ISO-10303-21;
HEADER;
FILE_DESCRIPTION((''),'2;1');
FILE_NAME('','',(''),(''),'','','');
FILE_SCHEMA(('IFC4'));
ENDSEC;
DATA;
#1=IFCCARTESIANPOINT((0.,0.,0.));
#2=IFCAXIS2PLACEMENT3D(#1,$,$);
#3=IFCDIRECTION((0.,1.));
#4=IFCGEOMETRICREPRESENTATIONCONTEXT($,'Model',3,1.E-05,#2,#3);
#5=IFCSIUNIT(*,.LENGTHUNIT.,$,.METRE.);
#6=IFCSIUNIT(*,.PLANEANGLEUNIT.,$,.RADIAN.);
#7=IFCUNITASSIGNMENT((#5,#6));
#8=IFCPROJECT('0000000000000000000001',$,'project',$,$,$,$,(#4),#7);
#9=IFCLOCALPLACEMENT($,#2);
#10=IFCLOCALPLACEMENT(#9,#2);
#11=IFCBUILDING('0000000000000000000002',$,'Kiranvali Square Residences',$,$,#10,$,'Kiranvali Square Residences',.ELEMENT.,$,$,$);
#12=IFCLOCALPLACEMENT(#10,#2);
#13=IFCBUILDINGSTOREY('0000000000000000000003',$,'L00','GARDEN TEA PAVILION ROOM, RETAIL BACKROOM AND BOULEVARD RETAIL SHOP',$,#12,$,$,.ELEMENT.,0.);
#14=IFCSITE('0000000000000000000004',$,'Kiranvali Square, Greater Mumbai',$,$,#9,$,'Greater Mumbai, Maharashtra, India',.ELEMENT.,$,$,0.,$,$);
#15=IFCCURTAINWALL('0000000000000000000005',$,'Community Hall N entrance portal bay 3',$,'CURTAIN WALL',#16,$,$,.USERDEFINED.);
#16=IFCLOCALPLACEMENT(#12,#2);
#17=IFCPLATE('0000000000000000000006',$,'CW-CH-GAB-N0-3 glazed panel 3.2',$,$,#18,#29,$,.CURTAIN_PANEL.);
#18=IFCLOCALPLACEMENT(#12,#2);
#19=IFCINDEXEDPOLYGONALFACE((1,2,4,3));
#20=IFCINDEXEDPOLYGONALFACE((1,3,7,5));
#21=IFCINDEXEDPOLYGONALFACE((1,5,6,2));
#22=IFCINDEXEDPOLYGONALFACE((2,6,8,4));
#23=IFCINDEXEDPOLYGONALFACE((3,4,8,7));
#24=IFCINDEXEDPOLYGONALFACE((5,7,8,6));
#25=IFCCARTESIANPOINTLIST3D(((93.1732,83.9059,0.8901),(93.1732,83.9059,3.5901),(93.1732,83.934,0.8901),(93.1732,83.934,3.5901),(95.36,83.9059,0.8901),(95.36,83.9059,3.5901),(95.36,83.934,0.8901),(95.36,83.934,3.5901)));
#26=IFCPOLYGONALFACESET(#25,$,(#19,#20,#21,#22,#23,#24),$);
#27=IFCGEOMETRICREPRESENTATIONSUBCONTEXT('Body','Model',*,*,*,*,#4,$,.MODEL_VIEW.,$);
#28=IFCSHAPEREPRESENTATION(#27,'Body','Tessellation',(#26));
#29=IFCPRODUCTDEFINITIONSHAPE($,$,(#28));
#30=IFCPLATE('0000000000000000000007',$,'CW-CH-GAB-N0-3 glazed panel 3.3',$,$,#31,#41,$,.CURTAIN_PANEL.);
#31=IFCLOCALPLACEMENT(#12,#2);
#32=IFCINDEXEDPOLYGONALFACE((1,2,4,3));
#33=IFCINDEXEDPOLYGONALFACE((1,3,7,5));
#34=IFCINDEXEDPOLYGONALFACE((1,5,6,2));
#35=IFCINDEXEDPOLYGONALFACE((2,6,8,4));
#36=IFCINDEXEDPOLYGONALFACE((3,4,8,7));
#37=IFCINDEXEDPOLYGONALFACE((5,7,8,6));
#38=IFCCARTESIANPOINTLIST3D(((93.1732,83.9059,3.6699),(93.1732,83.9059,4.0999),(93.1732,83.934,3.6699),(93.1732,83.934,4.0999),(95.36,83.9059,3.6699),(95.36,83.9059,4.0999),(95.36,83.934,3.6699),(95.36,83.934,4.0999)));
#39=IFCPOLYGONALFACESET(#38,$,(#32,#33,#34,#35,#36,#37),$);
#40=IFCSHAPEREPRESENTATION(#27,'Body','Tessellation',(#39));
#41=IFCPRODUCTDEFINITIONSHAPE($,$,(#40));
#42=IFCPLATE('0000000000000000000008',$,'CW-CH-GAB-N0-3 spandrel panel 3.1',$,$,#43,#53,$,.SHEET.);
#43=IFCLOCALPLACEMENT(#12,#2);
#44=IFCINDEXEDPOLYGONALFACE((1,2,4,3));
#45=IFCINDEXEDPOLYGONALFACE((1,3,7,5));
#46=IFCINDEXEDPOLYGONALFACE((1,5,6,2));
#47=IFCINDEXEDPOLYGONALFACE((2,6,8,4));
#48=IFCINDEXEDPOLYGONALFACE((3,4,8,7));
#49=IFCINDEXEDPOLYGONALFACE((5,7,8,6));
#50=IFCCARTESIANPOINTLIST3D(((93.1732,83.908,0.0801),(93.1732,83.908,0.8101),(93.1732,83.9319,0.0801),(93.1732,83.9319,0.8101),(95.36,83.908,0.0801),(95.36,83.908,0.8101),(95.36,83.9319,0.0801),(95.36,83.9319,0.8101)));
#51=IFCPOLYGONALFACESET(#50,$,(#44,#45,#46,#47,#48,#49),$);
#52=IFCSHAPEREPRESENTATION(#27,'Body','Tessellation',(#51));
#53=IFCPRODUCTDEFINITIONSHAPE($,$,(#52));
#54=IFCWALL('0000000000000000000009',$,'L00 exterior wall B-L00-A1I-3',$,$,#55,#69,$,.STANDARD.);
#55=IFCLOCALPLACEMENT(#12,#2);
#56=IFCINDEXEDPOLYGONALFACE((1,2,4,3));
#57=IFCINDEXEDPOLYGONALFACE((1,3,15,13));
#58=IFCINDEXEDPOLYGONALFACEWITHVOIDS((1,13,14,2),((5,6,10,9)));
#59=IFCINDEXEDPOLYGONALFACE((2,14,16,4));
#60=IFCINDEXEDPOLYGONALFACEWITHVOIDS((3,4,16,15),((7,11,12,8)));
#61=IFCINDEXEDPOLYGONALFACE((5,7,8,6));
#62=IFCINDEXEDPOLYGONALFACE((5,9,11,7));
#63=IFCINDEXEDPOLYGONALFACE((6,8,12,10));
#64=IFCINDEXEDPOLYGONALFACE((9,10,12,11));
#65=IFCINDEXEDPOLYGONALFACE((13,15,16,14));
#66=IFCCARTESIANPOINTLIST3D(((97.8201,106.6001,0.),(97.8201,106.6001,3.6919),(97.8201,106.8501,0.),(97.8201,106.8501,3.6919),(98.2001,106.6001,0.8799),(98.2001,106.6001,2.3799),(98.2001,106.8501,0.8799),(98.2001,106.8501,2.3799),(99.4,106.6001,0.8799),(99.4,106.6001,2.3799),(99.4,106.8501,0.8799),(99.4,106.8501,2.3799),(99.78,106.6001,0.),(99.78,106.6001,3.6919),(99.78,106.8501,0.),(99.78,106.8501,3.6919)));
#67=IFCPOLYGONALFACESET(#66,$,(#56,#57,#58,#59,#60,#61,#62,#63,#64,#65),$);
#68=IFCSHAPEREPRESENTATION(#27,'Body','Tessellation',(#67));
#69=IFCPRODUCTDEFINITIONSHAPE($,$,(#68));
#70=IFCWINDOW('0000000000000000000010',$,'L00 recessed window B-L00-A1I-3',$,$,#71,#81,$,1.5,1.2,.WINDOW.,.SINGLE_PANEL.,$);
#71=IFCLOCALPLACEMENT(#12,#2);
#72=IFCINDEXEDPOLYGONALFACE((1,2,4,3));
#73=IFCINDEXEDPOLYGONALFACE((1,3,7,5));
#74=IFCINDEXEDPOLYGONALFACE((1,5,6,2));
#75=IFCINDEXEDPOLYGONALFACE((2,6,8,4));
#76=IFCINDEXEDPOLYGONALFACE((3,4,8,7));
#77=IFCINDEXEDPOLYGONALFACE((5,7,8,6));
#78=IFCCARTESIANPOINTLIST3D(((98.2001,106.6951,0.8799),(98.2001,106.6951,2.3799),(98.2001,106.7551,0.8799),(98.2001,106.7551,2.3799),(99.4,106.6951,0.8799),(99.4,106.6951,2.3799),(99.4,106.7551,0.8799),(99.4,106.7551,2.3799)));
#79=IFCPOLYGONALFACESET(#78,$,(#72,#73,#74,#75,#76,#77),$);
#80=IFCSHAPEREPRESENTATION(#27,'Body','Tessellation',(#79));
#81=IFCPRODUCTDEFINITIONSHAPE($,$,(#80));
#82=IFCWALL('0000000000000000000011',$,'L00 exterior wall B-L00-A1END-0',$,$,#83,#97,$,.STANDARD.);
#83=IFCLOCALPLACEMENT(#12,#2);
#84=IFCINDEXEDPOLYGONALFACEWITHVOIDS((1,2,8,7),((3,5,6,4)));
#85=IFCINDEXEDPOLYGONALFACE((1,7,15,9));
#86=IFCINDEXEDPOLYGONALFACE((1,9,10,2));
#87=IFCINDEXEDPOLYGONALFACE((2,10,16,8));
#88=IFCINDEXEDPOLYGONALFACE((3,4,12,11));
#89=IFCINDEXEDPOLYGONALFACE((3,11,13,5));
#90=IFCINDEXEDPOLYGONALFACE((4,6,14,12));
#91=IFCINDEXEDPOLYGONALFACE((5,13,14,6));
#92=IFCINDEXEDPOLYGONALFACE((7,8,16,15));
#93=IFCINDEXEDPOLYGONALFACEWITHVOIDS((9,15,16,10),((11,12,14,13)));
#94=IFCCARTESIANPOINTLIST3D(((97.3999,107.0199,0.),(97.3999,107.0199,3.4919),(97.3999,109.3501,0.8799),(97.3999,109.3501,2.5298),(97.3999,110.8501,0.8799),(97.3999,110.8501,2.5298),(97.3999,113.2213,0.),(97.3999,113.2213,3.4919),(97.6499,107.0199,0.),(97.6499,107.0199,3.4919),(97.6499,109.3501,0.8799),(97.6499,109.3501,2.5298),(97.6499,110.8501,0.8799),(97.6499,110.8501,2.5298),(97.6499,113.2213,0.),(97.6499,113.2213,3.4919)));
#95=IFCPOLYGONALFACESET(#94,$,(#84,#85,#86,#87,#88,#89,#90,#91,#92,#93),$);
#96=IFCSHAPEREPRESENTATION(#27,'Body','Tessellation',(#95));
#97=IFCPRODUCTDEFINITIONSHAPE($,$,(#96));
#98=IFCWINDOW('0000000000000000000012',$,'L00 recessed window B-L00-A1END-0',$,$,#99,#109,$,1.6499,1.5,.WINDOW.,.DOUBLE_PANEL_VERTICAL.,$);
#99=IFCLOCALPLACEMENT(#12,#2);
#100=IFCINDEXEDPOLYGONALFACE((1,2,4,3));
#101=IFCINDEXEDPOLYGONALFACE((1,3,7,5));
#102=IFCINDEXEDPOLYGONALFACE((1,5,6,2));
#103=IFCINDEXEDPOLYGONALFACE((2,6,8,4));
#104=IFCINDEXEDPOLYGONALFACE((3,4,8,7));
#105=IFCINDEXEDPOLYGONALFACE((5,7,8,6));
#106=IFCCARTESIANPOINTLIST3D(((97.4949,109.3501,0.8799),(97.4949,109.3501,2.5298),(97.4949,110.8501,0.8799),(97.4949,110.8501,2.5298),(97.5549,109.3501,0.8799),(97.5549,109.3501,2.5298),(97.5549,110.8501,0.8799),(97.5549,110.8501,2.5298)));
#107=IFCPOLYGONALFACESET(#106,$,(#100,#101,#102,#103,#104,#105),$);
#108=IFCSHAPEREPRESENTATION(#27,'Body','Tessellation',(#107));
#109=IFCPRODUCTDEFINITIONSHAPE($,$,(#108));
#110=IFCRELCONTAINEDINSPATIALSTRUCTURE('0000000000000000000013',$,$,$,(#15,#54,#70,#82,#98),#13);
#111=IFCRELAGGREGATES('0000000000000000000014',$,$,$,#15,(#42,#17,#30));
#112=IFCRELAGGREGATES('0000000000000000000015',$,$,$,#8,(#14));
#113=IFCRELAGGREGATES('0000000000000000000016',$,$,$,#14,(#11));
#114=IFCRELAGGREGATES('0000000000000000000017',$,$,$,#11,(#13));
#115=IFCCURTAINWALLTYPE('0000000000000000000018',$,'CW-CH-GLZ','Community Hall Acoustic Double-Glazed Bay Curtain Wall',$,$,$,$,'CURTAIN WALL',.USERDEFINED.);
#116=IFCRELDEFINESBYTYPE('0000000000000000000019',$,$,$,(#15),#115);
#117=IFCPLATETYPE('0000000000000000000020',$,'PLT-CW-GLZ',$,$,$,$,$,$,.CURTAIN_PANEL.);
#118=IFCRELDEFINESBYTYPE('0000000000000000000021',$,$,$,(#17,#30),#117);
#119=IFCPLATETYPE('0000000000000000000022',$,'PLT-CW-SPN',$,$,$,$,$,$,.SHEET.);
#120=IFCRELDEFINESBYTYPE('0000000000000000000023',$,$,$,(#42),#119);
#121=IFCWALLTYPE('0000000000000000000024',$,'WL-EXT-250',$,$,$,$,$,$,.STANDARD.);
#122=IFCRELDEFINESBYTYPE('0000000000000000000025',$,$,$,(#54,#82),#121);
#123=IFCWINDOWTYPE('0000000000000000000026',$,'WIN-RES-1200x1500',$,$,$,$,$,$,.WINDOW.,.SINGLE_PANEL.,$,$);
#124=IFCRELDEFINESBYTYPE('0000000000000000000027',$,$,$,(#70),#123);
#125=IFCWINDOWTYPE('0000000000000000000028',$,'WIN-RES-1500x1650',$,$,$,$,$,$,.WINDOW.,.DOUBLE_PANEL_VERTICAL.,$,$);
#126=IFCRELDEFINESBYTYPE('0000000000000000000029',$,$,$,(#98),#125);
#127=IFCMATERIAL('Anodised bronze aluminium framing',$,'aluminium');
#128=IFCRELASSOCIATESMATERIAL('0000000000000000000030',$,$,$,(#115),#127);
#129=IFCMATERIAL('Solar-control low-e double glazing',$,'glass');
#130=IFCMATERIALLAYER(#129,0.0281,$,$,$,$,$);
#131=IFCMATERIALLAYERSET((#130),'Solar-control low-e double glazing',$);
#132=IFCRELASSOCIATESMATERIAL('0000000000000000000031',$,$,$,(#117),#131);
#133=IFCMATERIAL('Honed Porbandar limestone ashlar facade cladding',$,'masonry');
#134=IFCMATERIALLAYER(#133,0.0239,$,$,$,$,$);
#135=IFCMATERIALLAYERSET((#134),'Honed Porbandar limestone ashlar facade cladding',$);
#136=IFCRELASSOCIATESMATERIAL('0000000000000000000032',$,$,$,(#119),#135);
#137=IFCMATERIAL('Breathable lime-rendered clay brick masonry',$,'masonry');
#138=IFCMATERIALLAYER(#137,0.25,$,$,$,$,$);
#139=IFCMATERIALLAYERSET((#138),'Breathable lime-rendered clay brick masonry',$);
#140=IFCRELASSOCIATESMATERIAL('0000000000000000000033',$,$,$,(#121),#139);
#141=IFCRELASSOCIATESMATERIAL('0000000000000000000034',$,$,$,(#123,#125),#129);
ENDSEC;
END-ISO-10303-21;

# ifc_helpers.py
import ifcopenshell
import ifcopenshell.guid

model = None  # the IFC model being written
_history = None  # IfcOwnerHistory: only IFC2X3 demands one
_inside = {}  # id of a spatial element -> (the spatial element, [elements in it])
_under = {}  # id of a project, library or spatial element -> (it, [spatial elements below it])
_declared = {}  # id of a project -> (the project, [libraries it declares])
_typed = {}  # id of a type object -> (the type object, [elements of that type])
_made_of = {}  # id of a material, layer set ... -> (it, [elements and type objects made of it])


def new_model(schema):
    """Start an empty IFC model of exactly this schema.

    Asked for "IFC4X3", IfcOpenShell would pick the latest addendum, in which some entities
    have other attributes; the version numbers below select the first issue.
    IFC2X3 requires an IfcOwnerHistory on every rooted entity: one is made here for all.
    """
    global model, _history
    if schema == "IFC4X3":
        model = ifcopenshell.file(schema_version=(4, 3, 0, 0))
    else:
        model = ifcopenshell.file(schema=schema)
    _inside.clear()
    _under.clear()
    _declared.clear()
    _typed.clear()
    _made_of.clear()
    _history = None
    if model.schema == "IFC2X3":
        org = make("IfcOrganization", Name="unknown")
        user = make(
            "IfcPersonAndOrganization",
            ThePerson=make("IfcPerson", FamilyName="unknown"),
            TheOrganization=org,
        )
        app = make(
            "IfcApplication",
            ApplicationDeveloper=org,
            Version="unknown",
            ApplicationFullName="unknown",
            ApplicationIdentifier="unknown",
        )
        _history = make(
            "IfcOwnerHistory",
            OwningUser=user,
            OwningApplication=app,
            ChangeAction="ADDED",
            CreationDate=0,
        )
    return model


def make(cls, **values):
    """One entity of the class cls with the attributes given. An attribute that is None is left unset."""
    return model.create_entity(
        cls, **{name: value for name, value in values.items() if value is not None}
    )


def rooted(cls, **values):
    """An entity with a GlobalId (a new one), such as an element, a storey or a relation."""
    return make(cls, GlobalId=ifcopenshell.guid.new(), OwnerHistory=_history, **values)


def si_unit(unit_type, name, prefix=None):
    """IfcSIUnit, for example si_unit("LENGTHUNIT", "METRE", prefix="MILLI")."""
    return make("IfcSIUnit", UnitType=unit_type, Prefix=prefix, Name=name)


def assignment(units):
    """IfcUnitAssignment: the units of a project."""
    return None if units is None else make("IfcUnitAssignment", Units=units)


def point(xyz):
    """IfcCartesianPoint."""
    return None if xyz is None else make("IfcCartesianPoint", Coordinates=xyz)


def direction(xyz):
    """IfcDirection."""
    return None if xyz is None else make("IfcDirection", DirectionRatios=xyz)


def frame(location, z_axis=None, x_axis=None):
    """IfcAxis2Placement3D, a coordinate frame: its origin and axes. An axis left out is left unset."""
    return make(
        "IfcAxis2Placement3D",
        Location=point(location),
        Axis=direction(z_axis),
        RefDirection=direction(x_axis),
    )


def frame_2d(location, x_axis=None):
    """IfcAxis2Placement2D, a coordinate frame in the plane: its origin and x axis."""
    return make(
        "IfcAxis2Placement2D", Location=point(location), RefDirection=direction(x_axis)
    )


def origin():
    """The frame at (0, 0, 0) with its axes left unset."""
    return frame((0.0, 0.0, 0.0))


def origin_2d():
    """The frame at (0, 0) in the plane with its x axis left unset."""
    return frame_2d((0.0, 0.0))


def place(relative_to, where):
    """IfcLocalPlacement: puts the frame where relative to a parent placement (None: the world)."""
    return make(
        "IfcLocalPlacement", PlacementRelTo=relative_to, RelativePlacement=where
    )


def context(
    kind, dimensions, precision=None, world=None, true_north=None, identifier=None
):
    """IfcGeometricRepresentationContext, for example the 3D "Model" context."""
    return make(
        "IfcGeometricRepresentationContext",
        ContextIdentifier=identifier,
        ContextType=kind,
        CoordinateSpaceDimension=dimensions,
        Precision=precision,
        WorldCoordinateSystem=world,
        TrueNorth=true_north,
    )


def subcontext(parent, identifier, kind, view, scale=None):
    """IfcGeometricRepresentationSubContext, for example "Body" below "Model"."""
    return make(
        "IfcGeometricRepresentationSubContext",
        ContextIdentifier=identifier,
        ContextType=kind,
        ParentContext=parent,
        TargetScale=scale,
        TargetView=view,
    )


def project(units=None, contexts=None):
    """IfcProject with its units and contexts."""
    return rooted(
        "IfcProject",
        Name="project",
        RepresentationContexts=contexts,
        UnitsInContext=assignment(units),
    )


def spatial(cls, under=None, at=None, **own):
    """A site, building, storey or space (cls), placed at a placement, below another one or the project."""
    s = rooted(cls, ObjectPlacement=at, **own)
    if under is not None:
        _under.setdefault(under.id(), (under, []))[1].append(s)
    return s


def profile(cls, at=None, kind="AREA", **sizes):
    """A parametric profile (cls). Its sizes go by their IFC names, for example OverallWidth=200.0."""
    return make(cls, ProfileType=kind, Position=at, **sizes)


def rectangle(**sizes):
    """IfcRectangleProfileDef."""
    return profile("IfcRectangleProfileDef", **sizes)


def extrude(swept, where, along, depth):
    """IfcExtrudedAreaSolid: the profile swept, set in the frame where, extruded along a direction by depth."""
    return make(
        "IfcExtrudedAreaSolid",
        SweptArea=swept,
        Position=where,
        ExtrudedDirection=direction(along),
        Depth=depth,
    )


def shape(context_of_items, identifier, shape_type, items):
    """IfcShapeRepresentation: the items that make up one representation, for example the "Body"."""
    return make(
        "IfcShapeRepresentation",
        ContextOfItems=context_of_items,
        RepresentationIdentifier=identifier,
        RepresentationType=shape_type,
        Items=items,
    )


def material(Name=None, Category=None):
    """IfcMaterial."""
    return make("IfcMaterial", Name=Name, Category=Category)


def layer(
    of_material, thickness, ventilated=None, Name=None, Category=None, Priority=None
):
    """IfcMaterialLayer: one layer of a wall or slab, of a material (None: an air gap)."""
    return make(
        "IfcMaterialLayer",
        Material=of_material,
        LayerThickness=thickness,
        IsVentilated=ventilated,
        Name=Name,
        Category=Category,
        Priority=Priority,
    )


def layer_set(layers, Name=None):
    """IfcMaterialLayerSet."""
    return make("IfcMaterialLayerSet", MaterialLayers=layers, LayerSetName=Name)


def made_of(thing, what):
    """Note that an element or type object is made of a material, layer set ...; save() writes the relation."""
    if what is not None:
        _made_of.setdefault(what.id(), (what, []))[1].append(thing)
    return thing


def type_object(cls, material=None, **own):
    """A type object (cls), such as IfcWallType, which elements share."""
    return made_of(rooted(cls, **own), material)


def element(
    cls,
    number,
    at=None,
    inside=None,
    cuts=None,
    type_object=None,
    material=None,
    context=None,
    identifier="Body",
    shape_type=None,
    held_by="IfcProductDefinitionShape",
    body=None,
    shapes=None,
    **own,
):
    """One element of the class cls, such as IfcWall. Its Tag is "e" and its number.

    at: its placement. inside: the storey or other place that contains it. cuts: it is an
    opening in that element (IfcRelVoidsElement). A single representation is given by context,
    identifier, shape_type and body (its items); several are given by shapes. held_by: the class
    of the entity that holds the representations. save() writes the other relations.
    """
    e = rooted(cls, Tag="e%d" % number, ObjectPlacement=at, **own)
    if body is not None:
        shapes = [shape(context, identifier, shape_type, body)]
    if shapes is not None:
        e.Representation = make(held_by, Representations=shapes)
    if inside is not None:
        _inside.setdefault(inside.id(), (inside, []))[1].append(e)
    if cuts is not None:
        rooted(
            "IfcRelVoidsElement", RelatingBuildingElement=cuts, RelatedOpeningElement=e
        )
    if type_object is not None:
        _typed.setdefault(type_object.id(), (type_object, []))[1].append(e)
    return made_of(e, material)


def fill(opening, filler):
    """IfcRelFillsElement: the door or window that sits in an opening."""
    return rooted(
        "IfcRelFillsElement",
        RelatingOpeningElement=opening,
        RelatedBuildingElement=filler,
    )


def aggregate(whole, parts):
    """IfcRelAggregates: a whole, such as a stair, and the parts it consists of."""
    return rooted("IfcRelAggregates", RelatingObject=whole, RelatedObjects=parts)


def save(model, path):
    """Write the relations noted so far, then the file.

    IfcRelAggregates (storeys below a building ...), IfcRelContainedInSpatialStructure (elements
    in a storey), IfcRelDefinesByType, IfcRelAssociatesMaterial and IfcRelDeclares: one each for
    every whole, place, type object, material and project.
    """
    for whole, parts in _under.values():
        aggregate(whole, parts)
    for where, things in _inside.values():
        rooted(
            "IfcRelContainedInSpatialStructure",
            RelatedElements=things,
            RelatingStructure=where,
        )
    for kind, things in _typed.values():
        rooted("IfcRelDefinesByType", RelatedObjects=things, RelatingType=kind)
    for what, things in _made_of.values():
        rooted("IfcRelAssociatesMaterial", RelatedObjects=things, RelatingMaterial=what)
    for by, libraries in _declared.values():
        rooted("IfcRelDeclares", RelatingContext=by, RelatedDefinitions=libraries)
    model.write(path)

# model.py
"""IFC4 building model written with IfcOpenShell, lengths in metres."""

from ifc_helpers import new_model, si_unit, direction, frame, frame_2d, origin, origin_2d, place, context, subcontext, project, spatial, rectangle, extrude, material, layer, layer_set, type_object, element, fill, aggregate, save


model = new_model("IFC4")

# Units and contexts
model_context = context("Model", 3, precision=1e-05, world=origin(), true_north=direction((0.0, 1.0)))
body_context = subcontext(model_context, "Body", "Model", "MODEL_VIEW")
ifc_project = project(units=[si_unit("LENGTHUNIT", "METRE"), si_unit("PLANEANGLEUNIT", "RADIAN")], contexts=[model_context])

# Site, building, storey
site_placement = place(None, origin())
site = spatial("IfcSite", under=ifc_project, at=site_placement, Name="Kiranvali Square, Greater Mumbai", LongName="Greater Mumbai, Maharashtra, India", CompositionType="ELEMENT", RefElevation=0.0)
building_placement = place(site_placement, origin())
building = spatial("IfcBuilding", under=site, at=building_placement, Name="Kiranvali Square Residences", LongName="Kiranvali Square Residences", CompositionType="ELEMENT")
storey_placement = place(building_placement, origin())
storey = spatial("IfcBuildingStorey", under=building, at=storey_placement, Name="L00", Description="GARDEN TEA PAVILION ROOM, RETAIL BACKROOM AND BOULEVARD RETAIL SHOP", CompositionType="ELEMENT", Elevation=0.0)

# Curtain wall
ifc_material_1 = material(Name="Anodised bronze aluminium framing", Category="aluminium")
curtain_wall_type = type_object("IfcCurtainWallType", Name="CW-CH-GLZ", Description="Community Hall Acoustic Double-Glazed Bay Curtain Wall", ElementType="CURTAIN WALL", PredefinedType="USERDEFINED", material=ifc_material_1)
curtain_wall_placement = place(storey_placement, origin())
curtain_wall = element("IfcCurtainWall", 1, at=curtain_wall_placement, inside=storey, type_object=curtain_wall_type, Name="Community Hall N entrance portal bay 3", ObjectType="CURTAIN WALL", PredefinedType="USERDEFINED")

# Plates
ifc_material_2 = material(Name="Solar-control low-e double glazing", Category="glass")
ifc_layer_1 = layer(ifc_material_2, 0.0281)
ifc_layer_set_1 = layer_set([ifc_layer_1], Name="Solar-control low-e double glazing")
plate_type_1 = type_object("IfcPlateType", Name="PLT-CW-GLZ", PredefinedType="CURTAIN_PANEL", material=ifc_layer_set_1)
plate_1_placement = place(storey_placement, frame((94.2666, 83.9199, 0.8901), z_axis=(0.0, 0.0, 1.0), x_axis=(1.0, 0.0, 0.0)))
plate_1 = element("IfcPlate", 2, at=plate_1_placement, type_object=plate_type_1, Name="CW-CH-GAB-N0-3 glazed panel 3.2", PredefinedType="CURTAIN_PANEL", context=body_context, shape_type="SweptSolid", body=[
    extrude(rectangle(XDim=2.1868, YDim=0.0281, at=origin_2d()), origin(), (0.0, 0.0, 1.0), 2.7),
])
plate_2_placement = place(storey_placement, frame((94.2666, 83.9199, 3.6699), z_axis=(0.0, 0.0, 1.0), x_axis=(1.0, 0.0, 0.0)))
plate_2 = element("IfcPlate", 3, at=plate_2_placement, type_object=plate_type_1, Name="CW-CH-GAB-N0-3 glazed panel 3.3", PredefinedType="CURTAIN_PANEL", context=body_context, shape_type="SweptSolid", body=[
    extrude(rectangle(XDim=2.1868, YDim=0.0281, at=origin_2d()), origin(), (0.0, 0.0, 1.0), 0.4299),
])
ifc_material_3 = material(Name="Honed Porbandar limestone ashlar facade cladding", Category="masonry")
ifc_layer_2 = layer(ifc_material_3, 0.0239)
ifc_layer_set_2 = layer_set([ifc_layer_2], Name="Honed Porbandar limestone ashlar facade cladding")
plate_type_2 = type_object("IfcPlateType", Name="PLT-CW-SPN", PredefinedType="SHEET", material=ifc_layer_set_2)
plate_3_placement = place(storey_placement, frame((94.2666, 83.9199, 0.0801), z_axis=(0.0, 0.0, 1.0), x_axis=(1.0, 0.0, 0.0)))
plate_3 = element("IfcPlate", 4, at=plate_3_placement, type_object=plate_type_2, Name="CW-CH-GAB-N0-3 spandrel panel 3.1", PredefinedType="SHEET", context=body_context, shape_type="SweptSolid", body=[
    extrude(rectangle(XDim=2.1868, YDim=0.0239, at=origin_2d()), origin(), (0.0, 0.0, 1.0), 0.73),
])
aggregate(curtain_wall, [plate_3, plate_1, plate_2])

# Walls, openings, windows
ifc_material_4 = material(Name="Breathable lime-rendered clay brick masonry", Category="masonry")
ifc_layer_3 = layer(ifc_material_4, 0.25)
ifc_layer_set_3 = layer_set([ifc_layer_3], Name="Breathable lime-rendered clay brick masonry")
wall_type = type_object("IfcWallType", Name="WL-EXT-250", PredefinedType="STANDARD", material=ifc_layer_set_3)
wall_1_placement = place(storey_placement, frame((99.78, 106.7251, 0.0), z_axis=(0.0, 0.0, 1.0), x_axis=(-1.0, 0.0, 0.0)))
wall_1 = element("IfcWall", 5, at=wall_1_placement, inside=storey, type_object=wall_type, Name="L00 exterior wall B-L00-A1I-3", PredefinedType="STANDARD", context=body_context, shape_type="SweptSolid", body=[
    extrude(rectangle(XDim=1.96, YDim=0.25, at=frame_2d((0.98, 0.0))), origin(), (0.0, 0.0, 1.0), 3.6919),
])
opening_1_placement = place(wall_1_placement, frame((0.3799, 0.0, 0.8799)))
opening_1 = element("IfcOpeningElement", 6, at=opening_1_placement, cuts=wall_1, PredefinedType="OPENING", context=body_context, shape_type="SweptSolid", body=[
    extrude(rectangle(XDim=1.2, YDim=1.5, at=frame_2d((0.6001, 0.75))), frame((0.0, 0.135, 0.0), z_axis=(0.0, -1.0, 0.0), x_axis=(1.0, 0.0, 0.0)), (0.0, 0.0, 1.0), 0.27),
])
window_type_1 = type_object("IfcWindowType", Name="WIN-RES-1200x1500", PartitioningType="SINGLE_PANEL", PredefinedType="WINDOW", material=ifc_material_2)
window_1_placement = place(opening_1_placement, origin())
window_1 = element("IfcWindow", 7, at=window_1_placement, inside=storey, type_object=window_type_1, Name="L00 recessed window B-L00-A1I-3", OverallHeight=1.5, OverallWidth=1.2, PartitioningType="SINGLE_PANEL", PredefinedType="WINDOW", context=body_context, shape_type="SweptSolid", body=[
    extrude(rectangle(XDim=1.2, YDim=1.5, at=frame_2d((0.6001, 0.75))), frame((0.0, 0.03, 0.0), z_axis=(0.0, -1.0, 0.0), x_axis=(1.0, 0.0, 0.0)), (0.0, 0.0, 1.0), 0.0601),
])
fill(opening_1, window_1)
wall_2_placement = place(storey_placement, frame((97.5249, 107.02, 0.0), z_axis=(0.0, 0.0, 1.0), x_axis=(0.0, 1.0, 0.0)))
wall_2 = element("IfcWall", 8, at=wall_2_placement, inside=storey, type_object=wall_type, Name="L00 exterior wall B-L00-A1END-0", PredefinedType="STANDARD", context=body_context, shape_type="SweptSolid", body=[
    extrude(rectangle(XDim=6.2014, YDim=0.25, at=frame_2d((3.1006, 0.0))), origin(), (0.0, 0.0, 1.0), 3.4919),
])
opening_2_placement = place(wall_2_placement, frame((2.3301, 0.0, 0.8799)))
opening_2 = element("IfcOpeningElement", 9, at=opening_2_placement, cuts=wall_2, PredefinedType="OPENING", context=body_context, shape_type="SweptSolid", body=[
    extrude(rectangle(XDim=1.5, YDim=1.6499, at=frame_2d((0.75, 0.825))), frame((0.0, 0.135, 0.0), z_axis=(0.0, -1.0, 0.0), x_axis=(1.0, 0.0, 0.0)), (0.0, 0.0, 1.0), 0.27),
])
window_type_2 = type_object("IfcWindowType", Name="WIN-RES-1500x1650", PartitioningType="DOUBLE_PANEL_VERTICAL", PredefinedType="WINDOW", material=ifc_material_2)
window_2_placement = place(opening_2_placement, origin())
window_2 = element("IfcWindow", 10, at=window_2_placement, inside=storey, type_object=window_type_2, Name="L00 recessed window B-L00-A1END-0", OverallHeight=1.6499, OverallWidth=1.5, PartitioningType="DOUBLE_PANEL_VERTICAL", PredefinedType="WINDOW", context=body_context, shape_type="SweptSolid", body=[
    extrude(rectangle(XDim=1.5, YDim=1.6499, at=frame_2d((0.75, 0.825))), frame((0.0, 0.03, 0.0), z_axis=(0.0, -1.0, 0.0), x_axis=(1.0, 0.0, 0.0)), (0.0, 0.0, 1.0), 0.0601),
])
fill(opening_2, window_2)

save(model, "model.ifc")
